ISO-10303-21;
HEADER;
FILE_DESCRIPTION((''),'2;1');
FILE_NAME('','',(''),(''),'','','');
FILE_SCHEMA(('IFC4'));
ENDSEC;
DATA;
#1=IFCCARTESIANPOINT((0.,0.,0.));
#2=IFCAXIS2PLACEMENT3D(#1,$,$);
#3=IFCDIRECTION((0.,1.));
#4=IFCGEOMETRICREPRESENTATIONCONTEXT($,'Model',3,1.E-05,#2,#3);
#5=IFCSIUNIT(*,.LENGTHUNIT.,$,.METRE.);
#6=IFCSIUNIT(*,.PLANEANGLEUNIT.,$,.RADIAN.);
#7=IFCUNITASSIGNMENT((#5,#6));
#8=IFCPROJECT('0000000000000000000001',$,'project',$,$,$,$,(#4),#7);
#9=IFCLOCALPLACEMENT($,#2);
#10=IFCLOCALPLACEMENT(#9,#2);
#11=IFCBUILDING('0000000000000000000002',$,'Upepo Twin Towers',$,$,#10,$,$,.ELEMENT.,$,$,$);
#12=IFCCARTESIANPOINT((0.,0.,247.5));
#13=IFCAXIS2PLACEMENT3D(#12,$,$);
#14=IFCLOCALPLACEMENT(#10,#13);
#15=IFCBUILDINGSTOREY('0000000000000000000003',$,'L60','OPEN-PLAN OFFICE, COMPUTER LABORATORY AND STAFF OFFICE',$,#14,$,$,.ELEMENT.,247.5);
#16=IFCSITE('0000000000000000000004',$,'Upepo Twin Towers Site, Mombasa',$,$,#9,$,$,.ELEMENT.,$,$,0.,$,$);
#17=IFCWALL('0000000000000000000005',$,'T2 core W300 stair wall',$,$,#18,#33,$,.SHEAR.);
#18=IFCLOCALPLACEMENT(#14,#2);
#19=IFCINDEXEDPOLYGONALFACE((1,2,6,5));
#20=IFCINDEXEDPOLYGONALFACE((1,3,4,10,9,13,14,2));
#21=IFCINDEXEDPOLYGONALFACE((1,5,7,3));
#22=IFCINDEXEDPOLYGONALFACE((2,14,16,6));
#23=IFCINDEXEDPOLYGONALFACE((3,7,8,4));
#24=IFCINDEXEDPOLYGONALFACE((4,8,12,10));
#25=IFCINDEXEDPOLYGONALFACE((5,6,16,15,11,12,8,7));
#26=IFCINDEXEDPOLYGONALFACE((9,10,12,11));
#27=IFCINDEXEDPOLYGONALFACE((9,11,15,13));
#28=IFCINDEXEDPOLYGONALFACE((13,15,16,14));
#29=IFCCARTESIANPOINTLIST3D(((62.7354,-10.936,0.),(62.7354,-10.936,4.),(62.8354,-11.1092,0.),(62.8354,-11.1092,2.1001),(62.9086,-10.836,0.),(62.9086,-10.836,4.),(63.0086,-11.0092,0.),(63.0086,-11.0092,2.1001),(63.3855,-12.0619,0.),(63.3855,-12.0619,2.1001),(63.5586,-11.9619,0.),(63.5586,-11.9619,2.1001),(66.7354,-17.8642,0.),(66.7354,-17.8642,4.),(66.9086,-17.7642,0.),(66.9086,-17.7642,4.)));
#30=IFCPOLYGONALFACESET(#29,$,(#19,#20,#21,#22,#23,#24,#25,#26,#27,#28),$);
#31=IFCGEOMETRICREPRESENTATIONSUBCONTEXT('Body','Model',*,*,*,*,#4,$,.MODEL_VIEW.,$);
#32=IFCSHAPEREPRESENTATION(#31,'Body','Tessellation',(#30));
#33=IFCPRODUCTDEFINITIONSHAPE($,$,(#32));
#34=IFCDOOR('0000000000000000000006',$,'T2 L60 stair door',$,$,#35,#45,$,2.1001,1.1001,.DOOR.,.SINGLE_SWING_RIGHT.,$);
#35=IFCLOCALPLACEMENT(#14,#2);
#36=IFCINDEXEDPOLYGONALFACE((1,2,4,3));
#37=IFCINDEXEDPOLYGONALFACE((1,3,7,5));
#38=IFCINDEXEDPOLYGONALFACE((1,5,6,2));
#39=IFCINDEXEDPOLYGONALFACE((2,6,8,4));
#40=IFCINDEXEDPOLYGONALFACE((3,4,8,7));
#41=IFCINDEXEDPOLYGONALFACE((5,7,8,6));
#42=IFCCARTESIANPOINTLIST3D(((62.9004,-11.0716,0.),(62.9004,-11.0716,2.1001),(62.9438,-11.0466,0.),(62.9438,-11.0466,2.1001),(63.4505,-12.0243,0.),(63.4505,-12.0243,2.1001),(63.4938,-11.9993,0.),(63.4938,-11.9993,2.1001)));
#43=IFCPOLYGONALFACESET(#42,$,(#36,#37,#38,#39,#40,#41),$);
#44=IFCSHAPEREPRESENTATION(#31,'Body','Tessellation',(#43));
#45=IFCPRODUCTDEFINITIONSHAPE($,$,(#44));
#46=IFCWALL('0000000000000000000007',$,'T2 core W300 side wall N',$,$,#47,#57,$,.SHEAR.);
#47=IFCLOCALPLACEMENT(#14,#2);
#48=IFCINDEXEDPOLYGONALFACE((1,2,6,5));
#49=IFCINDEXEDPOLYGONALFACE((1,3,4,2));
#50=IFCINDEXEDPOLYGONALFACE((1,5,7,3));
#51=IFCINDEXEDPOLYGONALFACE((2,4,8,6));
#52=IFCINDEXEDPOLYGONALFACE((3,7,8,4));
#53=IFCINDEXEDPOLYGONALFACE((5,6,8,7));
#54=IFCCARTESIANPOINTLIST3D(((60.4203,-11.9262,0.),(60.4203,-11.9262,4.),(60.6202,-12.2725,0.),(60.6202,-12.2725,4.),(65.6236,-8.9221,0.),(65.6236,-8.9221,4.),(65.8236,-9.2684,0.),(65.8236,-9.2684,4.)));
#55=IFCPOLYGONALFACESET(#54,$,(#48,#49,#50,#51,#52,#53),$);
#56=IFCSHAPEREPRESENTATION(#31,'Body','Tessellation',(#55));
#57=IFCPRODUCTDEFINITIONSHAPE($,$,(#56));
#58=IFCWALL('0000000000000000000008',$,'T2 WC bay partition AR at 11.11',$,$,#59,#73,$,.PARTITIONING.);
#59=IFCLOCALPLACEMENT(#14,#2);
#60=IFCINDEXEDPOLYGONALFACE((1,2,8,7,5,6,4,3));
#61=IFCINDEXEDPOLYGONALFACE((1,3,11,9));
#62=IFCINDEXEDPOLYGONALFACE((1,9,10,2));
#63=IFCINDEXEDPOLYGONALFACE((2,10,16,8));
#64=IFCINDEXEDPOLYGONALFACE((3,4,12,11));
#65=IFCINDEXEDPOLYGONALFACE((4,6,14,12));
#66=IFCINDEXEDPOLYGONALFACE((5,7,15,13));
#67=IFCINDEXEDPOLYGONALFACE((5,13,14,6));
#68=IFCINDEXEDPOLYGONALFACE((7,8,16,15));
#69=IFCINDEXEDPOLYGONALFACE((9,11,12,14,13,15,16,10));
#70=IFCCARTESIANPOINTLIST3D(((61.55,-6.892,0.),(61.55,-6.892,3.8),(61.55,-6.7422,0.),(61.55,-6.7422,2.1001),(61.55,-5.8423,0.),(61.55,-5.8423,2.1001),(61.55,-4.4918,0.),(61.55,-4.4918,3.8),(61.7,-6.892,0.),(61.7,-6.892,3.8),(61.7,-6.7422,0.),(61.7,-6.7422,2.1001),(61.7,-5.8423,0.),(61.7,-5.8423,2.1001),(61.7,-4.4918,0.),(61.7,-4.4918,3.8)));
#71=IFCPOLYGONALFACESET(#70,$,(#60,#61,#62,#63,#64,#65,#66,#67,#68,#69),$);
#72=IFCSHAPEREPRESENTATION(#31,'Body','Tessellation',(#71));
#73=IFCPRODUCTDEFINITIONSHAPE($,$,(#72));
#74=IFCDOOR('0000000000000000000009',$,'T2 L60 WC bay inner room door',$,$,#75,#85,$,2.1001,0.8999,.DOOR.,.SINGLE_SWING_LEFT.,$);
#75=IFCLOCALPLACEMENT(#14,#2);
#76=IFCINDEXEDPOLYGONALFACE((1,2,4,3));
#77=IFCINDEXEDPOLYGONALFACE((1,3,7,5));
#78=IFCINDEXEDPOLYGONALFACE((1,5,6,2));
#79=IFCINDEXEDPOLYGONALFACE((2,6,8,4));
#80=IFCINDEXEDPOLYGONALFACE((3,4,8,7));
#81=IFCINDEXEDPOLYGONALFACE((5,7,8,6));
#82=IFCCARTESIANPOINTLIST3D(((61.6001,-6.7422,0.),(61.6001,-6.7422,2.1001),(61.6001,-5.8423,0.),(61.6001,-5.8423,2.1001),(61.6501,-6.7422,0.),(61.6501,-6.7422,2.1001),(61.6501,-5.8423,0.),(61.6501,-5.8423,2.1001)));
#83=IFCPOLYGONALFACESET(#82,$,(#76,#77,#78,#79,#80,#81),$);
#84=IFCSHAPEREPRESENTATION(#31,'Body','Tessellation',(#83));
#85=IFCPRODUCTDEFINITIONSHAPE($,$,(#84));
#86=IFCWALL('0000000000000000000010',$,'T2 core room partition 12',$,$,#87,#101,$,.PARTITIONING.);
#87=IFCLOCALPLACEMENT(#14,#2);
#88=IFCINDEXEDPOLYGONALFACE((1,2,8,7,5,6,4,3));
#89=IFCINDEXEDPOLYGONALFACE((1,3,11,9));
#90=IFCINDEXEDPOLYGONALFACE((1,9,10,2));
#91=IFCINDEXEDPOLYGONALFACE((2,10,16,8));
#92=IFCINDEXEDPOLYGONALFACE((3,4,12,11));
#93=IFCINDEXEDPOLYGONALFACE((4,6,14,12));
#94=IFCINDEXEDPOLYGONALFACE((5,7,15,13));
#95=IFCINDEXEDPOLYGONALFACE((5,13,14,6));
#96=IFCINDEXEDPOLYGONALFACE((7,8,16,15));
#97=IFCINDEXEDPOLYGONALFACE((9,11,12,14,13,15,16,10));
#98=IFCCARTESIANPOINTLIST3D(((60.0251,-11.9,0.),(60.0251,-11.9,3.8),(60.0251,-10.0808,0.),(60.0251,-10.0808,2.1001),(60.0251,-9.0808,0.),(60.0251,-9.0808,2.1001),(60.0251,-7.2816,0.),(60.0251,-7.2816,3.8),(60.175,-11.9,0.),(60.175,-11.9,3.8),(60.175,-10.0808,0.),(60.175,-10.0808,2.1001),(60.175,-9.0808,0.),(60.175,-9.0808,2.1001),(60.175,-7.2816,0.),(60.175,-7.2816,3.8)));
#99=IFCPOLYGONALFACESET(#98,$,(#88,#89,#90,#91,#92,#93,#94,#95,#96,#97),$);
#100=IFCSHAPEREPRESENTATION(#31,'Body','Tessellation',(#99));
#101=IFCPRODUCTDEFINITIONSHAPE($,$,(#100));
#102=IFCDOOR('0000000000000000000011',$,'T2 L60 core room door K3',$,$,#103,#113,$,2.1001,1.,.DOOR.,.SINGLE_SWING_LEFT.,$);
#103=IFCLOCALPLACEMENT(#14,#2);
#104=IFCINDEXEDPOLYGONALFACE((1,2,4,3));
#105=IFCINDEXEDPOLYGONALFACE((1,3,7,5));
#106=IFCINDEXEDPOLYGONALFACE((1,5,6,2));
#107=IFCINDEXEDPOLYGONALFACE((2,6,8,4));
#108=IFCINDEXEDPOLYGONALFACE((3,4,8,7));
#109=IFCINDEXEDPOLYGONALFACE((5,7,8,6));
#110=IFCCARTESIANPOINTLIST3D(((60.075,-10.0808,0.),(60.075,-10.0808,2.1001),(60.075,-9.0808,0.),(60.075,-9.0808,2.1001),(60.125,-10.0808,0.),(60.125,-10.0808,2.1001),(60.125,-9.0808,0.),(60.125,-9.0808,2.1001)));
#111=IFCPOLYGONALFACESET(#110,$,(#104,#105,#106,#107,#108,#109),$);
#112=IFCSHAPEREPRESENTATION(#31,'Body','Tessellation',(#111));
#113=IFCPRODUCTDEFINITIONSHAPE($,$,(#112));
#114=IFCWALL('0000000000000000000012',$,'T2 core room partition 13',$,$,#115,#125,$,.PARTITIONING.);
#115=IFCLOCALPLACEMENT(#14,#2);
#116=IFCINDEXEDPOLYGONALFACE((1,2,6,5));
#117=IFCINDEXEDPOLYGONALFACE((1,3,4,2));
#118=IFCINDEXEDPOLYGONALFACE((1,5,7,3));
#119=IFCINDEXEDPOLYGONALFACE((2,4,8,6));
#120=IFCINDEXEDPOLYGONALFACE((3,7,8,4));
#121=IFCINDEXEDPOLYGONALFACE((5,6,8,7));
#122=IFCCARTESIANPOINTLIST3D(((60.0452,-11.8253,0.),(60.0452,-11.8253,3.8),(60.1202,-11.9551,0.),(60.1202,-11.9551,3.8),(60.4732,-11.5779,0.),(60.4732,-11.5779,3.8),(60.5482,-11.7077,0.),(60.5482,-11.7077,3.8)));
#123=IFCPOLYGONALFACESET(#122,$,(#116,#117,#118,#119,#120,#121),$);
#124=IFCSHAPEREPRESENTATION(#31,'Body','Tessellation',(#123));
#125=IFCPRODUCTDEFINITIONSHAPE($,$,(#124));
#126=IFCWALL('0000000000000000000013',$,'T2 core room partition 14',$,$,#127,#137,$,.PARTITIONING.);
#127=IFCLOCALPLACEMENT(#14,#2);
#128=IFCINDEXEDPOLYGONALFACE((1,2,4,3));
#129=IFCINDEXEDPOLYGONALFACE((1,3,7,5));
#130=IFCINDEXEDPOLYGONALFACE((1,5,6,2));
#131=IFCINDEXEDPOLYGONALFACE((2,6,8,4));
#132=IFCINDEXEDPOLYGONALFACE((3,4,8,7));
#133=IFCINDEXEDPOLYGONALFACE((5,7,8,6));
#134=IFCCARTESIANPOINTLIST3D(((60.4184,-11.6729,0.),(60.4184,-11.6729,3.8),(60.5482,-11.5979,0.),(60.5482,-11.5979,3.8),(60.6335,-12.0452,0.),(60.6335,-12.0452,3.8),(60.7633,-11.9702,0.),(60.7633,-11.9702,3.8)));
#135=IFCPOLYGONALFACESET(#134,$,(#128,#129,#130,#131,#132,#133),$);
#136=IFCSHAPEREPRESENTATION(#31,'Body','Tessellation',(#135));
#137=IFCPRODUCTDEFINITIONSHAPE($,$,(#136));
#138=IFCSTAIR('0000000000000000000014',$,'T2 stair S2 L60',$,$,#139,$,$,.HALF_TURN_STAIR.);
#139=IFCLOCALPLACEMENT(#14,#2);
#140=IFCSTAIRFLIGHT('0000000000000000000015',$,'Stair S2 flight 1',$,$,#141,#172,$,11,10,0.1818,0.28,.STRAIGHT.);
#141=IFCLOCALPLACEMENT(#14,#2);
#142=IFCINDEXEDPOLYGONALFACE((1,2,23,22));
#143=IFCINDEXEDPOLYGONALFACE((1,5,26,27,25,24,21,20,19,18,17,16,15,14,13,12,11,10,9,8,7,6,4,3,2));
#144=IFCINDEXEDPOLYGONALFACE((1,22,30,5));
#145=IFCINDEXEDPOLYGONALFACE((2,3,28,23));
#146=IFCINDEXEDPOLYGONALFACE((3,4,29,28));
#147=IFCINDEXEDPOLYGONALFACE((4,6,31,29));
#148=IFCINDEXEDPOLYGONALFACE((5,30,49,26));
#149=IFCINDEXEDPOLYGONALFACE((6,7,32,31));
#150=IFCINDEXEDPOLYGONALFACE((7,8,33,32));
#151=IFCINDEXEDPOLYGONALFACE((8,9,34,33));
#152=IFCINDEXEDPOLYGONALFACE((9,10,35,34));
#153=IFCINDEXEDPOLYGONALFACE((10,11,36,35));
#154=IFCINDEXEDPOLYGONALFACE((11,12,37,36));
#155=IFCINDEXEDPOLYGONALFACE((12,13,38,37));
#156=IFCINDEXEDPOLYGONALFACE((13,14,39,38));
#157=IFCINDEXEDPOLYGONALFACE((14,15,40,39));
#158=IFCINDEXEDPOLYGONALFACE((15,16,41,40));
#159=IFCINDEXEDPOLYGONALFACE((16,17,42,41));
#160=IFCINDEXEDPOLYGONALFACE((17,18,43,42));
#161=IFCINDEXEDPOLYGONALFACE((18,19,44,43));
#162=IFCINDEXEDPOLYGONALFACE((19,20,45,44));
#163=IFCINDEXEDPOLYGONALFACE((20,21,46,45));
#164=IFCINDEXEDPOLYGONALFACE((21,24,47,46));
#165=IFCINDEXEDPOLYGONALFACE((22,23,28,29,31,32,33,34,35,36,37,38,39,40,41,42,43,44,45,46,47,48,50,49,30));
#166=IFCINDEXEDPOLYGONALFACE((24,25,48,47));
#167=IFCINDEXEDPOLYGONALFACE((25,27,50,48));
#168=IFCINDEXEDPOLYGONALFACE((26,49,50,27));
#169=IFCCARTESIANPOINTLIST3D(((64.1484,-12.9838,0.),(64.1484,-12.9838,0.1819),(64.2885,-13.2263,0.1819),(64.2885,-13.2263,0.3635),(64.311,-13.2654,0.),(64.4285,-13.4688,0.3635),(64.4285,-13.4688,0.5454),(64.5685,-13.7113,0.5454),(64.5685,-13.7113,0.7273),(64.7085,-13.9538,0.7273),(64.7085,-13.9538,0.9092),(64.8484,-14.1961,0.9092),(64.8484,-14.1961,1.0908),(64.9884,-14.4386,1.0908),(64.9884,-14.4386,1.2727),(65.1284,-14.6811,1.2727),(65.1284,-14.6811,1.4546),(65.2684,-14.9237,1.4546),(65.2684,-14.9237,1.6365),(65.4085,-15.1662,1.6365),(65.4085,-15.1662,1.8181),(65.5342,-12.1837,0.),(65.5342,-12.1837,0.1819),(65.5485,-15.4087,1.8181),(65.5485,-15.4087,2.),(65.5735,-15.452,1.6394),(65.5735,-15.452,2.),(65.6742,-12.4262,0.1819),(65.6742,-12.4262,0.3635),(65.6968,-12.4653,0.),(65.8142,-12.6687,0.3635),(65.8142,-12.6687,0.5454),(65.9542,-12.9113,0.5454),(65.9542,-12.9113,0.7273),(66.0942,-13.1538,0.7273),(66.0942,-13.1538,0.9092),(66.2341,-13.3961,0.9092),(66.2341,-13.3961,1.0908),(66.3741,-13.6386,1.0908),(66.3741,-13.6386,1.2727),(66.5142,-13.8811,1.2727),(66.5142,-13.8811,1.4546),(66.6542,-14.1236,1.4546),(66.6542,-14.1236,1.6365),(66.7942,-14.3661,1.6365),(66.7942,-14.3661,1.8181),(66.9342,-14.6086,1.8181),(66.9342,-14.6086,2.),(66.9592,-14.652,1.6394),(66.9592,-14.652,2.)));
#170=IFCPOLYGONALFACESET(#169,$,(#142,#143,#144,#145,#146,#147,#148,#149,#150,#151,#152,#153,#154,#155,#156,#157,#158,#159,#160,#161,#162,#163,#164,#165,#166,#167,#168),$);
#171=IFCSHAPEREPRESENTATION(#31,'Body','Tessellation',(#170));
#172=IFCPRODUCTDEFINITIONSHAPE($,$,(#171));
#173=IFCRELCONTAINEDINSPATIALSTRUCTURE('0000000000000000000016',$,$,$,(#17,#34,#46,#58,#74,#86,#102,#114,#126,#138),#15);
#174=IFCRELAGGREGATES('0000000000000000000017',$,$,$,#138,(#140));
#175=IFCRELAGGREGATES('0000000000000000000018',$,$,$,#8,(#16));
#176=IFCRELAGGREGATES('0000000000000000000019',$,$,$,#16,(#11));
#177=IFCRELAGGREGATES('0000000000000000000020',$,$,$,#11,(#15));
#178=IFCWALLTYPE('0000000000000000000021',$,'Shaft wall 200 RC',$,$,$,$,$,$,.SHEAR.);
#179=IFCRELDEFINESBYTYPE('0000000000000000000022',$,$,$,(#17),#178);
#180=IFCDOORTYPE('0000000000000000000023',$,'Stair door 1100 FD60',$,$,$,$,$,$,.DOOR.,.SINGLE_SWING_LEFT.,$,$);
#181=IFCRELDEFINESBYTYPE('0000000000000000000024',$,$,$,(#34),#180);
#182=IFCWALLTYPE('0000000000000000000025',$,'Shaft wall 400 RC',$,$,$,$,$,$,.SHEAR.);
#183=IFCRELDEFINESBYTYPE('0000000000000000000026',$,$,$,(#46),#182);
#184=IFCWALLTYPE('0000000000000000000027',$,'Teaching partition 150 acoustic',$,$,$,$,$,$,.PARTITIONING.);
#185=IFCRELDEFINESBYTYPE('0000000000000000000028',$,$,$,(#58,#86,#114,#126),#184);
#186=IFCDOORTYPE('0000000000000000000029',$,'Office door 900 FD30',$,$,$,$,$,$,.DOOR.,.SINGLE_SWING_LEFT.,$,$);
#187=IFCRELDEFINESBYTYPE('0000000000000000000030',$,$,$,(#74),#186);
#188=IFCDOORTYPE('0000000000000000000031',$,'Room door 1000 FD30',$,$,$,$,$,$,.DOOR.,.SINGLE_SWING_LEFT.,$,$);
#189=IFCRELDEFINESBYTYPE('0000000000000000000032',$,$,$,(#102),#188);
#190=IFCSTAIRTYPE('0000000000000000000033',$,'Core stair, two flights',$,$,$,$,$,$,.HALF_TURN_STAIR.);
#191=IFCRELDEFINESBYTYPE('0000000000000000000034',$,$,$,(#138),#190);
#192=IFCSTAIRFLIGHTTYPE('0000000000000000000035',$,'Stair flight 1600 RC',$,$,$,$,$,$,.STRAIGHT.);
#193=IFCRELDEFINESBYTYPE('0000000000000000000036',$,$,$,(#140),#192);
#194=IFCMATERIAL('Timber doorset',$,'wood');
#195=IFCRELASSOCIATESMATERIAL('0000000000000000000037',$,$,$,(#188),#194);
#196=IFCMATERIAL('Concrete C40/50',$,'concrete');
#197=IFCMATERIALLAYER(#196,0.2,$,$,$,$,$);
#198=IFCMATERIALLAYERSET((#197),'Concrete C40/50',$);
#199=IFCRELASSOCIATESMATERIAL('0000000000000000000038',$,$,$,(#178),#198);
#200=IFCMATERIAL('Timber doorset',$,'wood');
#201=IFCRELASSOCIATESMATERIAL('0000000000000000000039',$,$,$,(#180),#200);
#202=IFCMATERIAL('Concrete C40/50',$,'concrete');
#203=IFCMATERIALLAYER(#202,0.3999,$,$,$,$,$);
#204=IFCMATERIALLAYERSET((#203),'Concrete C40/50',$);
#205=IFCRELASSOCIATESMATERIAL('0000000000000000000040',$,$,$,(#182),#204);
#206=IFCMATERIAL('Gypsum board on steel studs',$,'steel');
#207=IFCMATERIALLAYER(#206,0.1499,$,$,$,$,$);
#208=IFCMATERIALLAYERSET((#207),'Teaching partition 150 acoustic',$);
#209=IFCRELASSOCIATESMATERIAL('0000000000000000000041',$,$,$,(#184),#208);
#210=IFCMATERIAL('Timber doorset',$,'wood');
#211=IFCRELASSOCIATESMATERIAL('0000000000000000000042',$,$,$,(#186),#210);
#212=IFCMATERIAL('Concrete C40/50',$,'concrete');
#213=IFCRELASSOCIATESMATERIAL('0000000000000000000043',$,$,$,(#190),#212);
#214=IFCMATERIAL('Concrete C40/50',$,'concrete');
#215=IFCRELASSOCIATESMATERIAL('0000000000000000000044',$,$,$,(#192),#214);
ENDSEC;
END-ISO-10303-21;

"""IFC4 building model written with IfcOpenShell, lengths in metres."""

from ifc_helpers import new_model, si_unit, direction, frame, frame_2d, origin, place, context, subcontext, project, spatial, polyline, rectangle, outline, extrude, material, layer, layer_set, type_object, element, fill, aggregate, save


model = new_model("IFC4")

# Units and contexts
model_context = context("Model", 3, precision=1e-05, world=origin(), true_north=direction((0.0, 1.0)))
body_context = subcontext(model_context, "Body", "Model", "MODEL_VIEW")
ifc_project = project(units=[si_unit("LENGTHUNIT", "METRE"), si_unit("PLANEANGLEUNIT", "RADIAN")], contexts=[model_context])

# Site, building, storey
site_placement = place(None, origin())
site = spatial("IfcSite", under=ifc_project, at=site_placement, Name="Upepo Twin Towers Site, Mombasa", CompositionType="ELEMENT", RefElevation=0.0)
building_placement = place(site_placement, origin())
building = spatial("IfcBuilding", under=site, at=building_placement, Name="Upepo Twin Towers", CompositionType="ELEMENT")
storey_placement = place(building_placement, frame((0.0, 0.0, 247.5)))
storey = spatial("IfcBuildingStorey", under=building, at=storey_placement, Name="L60", Description="OPEN-PLAN OFFICE, COMPUTER LABORATORY AND STAFF OFFICE", CompositionType="ELEMENT", Elevation=247.5)

# Shared definitions
ifc_material_1 = material(Name="Timber doorset", Category="wood")
door_type_1 = type_object("IfcDoorType", Name="Room door 1000 FD30", OperationType="SINGLE_SWING_LEFT", PredefinedType="DOOR", material=ifc_material_1)

# Shared definitions
ifc_material_2 = material(Name="Concrete C40/50", Category="concrete")
ifc_layer_1 = layer(ifc_material_2, 0.2)
ifc_layer_set_1 = layer_set([ifc_layer_1], Name="Concrete C40/50")
wall_type_1 = type_object("IfcWallType", Name="Shaft wall 200 RC", PredefinedType="SHEAR", material=ifc_layer_set_1)

# Wall, opening, door
wall_1_placement = place(storey_placement, frame((66.822, -17.8142, 0.0), z_axis=(0.0, 0.0, 1.0), x_axis=(-0.499999, 0.866026, 0.0)))
wall_1 = element("IfcWall", 1, at=wall_1_placement, inside=storey, type_object=wall_type_1, Name="T2 core W300 stair wall", PredefinedType="SHEAR", context=body_context, shape_type="SweptSolid", body=[
    extrude(rectangle(XDim=8.0, YDim=0.2, at=frame_2d((4.0, 0.0))), origin(), (0.0, 0.0, 1.0), 4.0),
])
opening_1_placement = place(wall_1_placement, frame((6.7, 0.0, 0.0)))
opening_1 = element("IfcOpeningElement", 2, at=opening_1_placement, cuts=wall_1, PredefinedType="OPENING", context=body_context, shape_type="SweptSolid", body=[
    extrude(rectangle(XDim=1.1001, YDim=2.1001, at=frame_2d((0.55, 1.05))), frame((0.0, 0.1099, 0.0), z_axis=(0.0, -1.0, 0.0), x_axis=(1.0, 0.0, 0.0)), (0.0, 0.0, 1.0), 0.22),
])
ifc_material_3 = material(Name="Timber doorset", Category="wood")
door_type_2 = type_object("IfcDoorType", Name="Stair door 1100 FD60", OperationType="SINGLE_SWING_LEFT", PredefinedType="DOOR", material=ifc_material_3)
door_1_placement = place(opening_1_placement, origin())
door_1 = element("IfcDoor", 3, at=door_1_placement, inside=storey, type_object=door_type_2, Name="T2 L60 stair door", OperationType="SINGLE_SWING_RIGHT", OverallHeight=2.1001, OverallWidth=1.1001, PredefinedType="DOOR", context=body_context, shape_type="SweptSolid", body=[
    extrude(rectangle(XDim=1.1001, YDim=2.1001, at=frame_2d((0.55, 1.05))), frame((0.0, 0.0249, 0.0), z_axis=(0.0, -1.0, 0.0), x_axis=(1.0, 0.0, 0.0)), (0.0, 0.0, 1.0), 0.05),
])
fill(opening_1, door_1)

# Wall
ifc_material_4 = material(Name="Concrete C40/50", Category="concrete")
ifc_layer_2 = layer(ifc_material_4, 0.3999)
ifc_layer_set_2 = layer_set([ifc_layer_2], Name="Concrete C40/50")
wall_type_2 = type_object("IfcWallType", Name="Shaft wall 400 RC", PredefinedType="SHEAR", material=ifc_layer_set_2)
wall_2_placement = place(storey_placement, frame((60.5203, -12.0994, 0.0), z_axis=(0.0, 0.0, 1.0), x_axis=(0.866027, 0.499998, 0.0)))
element("IfcWall", 4, at=wall_2_placement, inside=storey, type_object=wall_type_2, Name="T2 core W300 side wall N", PredefinedType="SHEAR", context=body_context, shape_type="SweptSolid", body=[
    extrude(rectangle(XDim=6.0083, YDim=0.3999, at=frame_2d((3.0042, 0.0))), origin(), (0.0, 0.0, 1.0), 4.0),
])

# Walls, openings, doors
ifc_material_5 = material(Name="Gypsum board on steel studs", Category="steel")
ifc_layer_3 = layer(ifc_material_5, 0.1499)
ifc_layer_set_3 = layer_set([ifc_layer_3], Name="Teaching partition 150 acoustic")
wall_type_3 = type_object("IfcWallType", Name="Teaching partition 150 acoustic", PredefinedType="PARTITIONING", material=ifc_layer_set_3)
wall_3_placement = place(storey_placement, frame((61.625, -6.8921, 0.0), z_axis=(0.0, 0.0, 1.0), x_axis=(0.0, 1.0, 0.0)))
wall_3 = element("IfcWall", 5, at=wall_3_placement, inside=storey, type_object=wall_type_3, Name="T2 WC bay partition AR at 11.11", PredefinedType="PARTITIONING", context=body_context, shape_type="SweptSolid", body=[
    extrude(rectangle(XDim=2.4001, YDim=0.1499, at=frame_2d((1.2002, 0.0))), origin(), (0.0, 0.0, 1.0), 3.8),
])
opening_2_placement = place(wall_3_placement, frame((0.1499, 0.0, 0.0)))
opening_2 = element("IfcOpeningElement", 6, at=opening_2_placement, cuts=wall_3, PredefinedType="OPENING", context=body_context, shape_type="SweptSolid", body=[
    extrude(rectangle(XDim=0.8999, YDim=2.1001, at=frame_2d((0.45, 1.05))), frame((0.0, 0.085, 0.0), z_axis=(0.0, -1.0, 0.0), x_axis=(1.0, 0.0, 0.0)), (0.0, 0.0, 1.0), 0.1699),
])
ifc_material_6 = material(Name="Timber doorset", Category="wood")
door_type_3 = type_object("IfcDoorType", Name="Office door 900 FD30", OperationType="SINGLE_SWING_LEFT", PredefinedType="DOOR", material=ifc_material_6)
door_2_placement = place(opening_2_placement, origin())
door_2 = element("IfcDoor", 7, at=door_2_placement, inside=storey, type_object=door_type_3, Name="T2 L60 WC bay inner room door", OperationType="SINGLE_SWING_LEFT", OverallHeight=2.1001, OverallWidth=0.8999, PredefinedType="DOOR", context=body_context, shape_type="SweptSolid", body=[
    extrude(rectangle(XDim=0.8999, YDim=2.1001, at=frame_2d((0.45, 1.05))), frame((0.0, 0.0249, 0.0), z_axis=(0.0, -1.0, 0.0), x_axis=(1.0, 0.0, 0.0)), (0.0, 0.0, 1.0), 0.05),
])
fill(opening_2, door_2)
wall_4_placement = place(storey_placement, frame((60.1001, -7.2817, 0.0), z_axis=(0.0, 0.0, 1.0), x_axis=(0.0, -1.0, 0.0)))
wall_4 = element("IfcWall", 8, at=wall_4_placement, inside=storey, type_object=wall_type_3, Name="T2 core room partition 12", PredefinedType="PARTITIONING", context=body_context, shape_type="SweptSolid", body=[
    extrude(rectangle(XDim=4.6184, YDim=0.1499, at=frame_2d((2.3091, 0.0))), origin(), (0.0, 0.0, 1.0), 3.8),
])
opening_3_placement = place(wall_4_placement, frame((1.7991, 0.0, 0.0)))
opening_3 = element("IfcOpeningElement", 9, at=opening_3_placement, cuts=wall_4, PredefinedType="OPENING", context=body_context, shape_type="SweptSolid", body=[
    extrude(rectangle(XDim=1.0, YDim=2.1001, at=frame_2d((0.5, 1.05))), frame((0.0, 0.085, 0.0), z_axis=(0.0, -1.0, 0.0), x_axis=(1.0, 0.0, 0.0)), (0.0, 0.0, 1.0), 0.1699),
])
door_3_placement = place(opening_3_placement, origin())
door_3 = element("IfcDoor", 10, at=door_3_placement, inside=storey, type_object=door_type_1, Name="T2 L60 core room door K3", OperationType="SINGLE_SWING_LEFT", OverallHeight=2.1001, OverallWidth=1.0, PredefinedType="DOOR", context=body_context, shape_type="SweptSolid", body=[
    extrude(rectangle(XDim=1.0, YDim=2.1001, at=frame_2d((0.5, 1.05))), frame((0.0, 0.0249, 0.0), z_axis=(0.0, -1.0, 0.0), x_axis=(1.0, 0.0, 0.0)), (0.0, 0.0, 1.0), 0.05),
])
fill(opening_3, door_3)

# Walls
wall_5_placement = place(storey_placement, frame((60.0828, -11.8901, 0.0), z_axis=(0.0, 0.0, 1.0), x_axis=(0.865832, 0.500335, 0.0)))
element("IfcWall", 11, at=wall_5_placement, inside=storey, type_object=wall_type_3, Name="T2 core room partition 13", PredefinedType="PARTITIONING", context=body_context, shape_type="SweptSolid", body=[
    extrude(rectangle(XDim=0.4944, YDim=0.1499, at=frame_2d((0.2471, 0.0))), origin(), (0.0, 0.0, 1.0), 3.8),
])
wall_6_placement = place(storey_placement, frame((60.4834, -11.6355, 0.0), z_axis=(0.0, 0.0, 1.0), x_axis=(0.50023, -0.865892, 0.0)))
element("IfcWall", 12, at=wall_6_placement, inside=storey, type_object=wall_type_3, Name="T2 core room partition 14", PredefinedType="PARTITIONING", context=body_context, shape_type="SweptSolid", body=[
    extrude(rectangle(XDim=0.4299, YDim=0.1499, at=frame_2d((0.2148, 0.0))), origin(), (0.0, 0.0, 1.0), 3.8),
])

# Stair, stair flight
ifc_material_7 = material(Name="Concrete C40/50", Category="concrete")
stair_type = type_object("IfcStairType", Name="Core stair, two flights", PredefinedType="HALF_TURN_STAIR", material=ifc_material_7)
stair_placement = place(storey_placement, origin())
stair = element("IfcStair", 13, at=stair_placement, inside=storey, type_object=stair_type, Name="T2 stair S2 L60", PredefinedType="HALF_TURN_STAIR")
ifc_material_8 = material(Name="Concrete C40/50", Category="concrete")
stair_flight_type = type_object("IfcStairFlightType", Name="Stair flight 1600 RC", PredefinedType="STRAIGHT", material=ifc_material_8)
stair_flight_1_placement = place(storey_placement, frame((64.8413, -12.5837, 0.0), z_axis=(0.0, 0.0, 1.0), x_axis=(0.5, -0.866025, 0.0)))
stair_flight_1 = element("IfcStairFlight", 14, at=stair_flight_1_placement, type_object=stair_flight_type, Name="Stair S2 flight 1", NumberOfRisers=11, NumberOfTreads=10, PredefinedType="STRAIGHT", RiserHeight=0.1818, TreadLength=0.28, context=body_context, shape_type="SweptSolid", body=[
    extrude(outline(polyline([(0.0, 0.0), (0.0, 0.1819), (0.28, 0.1819), (0.28, 0.3635), (0.5601, 0.3635), (0.5601, 0.5454), (0.8401, 0.5454), (0.8401, 0.7273), (1.1201, 0.7273), (1.1201, 0.9092), (1.3999, 0.9092), (1.3999, 1.0908), (1.6799, 1.0908), (1.6799, 1.2727), (1.96, 1.2727), (1.96, 1.4546), (2.24, 1.4546), (2.24, 1.6365), (2.52, 1.6365), (2.52, 1.8181), (2.8, 1.8181), (2.8, 2.0), (2.8501, 2.0), (2.8501, 1.6394), (0.3252, 0.0), (0.0, 0.0)])), frame((0.0, 0.8, 0.0), z_axis=(0.0, -1.0, 0.0), x_axis=(1.0, 0.0, 0.0)), (0.0, 0.0, 1.0), 1.6001),
])
aggregate(stair, [stair_flight_1])

save(model, "model.ifc")
